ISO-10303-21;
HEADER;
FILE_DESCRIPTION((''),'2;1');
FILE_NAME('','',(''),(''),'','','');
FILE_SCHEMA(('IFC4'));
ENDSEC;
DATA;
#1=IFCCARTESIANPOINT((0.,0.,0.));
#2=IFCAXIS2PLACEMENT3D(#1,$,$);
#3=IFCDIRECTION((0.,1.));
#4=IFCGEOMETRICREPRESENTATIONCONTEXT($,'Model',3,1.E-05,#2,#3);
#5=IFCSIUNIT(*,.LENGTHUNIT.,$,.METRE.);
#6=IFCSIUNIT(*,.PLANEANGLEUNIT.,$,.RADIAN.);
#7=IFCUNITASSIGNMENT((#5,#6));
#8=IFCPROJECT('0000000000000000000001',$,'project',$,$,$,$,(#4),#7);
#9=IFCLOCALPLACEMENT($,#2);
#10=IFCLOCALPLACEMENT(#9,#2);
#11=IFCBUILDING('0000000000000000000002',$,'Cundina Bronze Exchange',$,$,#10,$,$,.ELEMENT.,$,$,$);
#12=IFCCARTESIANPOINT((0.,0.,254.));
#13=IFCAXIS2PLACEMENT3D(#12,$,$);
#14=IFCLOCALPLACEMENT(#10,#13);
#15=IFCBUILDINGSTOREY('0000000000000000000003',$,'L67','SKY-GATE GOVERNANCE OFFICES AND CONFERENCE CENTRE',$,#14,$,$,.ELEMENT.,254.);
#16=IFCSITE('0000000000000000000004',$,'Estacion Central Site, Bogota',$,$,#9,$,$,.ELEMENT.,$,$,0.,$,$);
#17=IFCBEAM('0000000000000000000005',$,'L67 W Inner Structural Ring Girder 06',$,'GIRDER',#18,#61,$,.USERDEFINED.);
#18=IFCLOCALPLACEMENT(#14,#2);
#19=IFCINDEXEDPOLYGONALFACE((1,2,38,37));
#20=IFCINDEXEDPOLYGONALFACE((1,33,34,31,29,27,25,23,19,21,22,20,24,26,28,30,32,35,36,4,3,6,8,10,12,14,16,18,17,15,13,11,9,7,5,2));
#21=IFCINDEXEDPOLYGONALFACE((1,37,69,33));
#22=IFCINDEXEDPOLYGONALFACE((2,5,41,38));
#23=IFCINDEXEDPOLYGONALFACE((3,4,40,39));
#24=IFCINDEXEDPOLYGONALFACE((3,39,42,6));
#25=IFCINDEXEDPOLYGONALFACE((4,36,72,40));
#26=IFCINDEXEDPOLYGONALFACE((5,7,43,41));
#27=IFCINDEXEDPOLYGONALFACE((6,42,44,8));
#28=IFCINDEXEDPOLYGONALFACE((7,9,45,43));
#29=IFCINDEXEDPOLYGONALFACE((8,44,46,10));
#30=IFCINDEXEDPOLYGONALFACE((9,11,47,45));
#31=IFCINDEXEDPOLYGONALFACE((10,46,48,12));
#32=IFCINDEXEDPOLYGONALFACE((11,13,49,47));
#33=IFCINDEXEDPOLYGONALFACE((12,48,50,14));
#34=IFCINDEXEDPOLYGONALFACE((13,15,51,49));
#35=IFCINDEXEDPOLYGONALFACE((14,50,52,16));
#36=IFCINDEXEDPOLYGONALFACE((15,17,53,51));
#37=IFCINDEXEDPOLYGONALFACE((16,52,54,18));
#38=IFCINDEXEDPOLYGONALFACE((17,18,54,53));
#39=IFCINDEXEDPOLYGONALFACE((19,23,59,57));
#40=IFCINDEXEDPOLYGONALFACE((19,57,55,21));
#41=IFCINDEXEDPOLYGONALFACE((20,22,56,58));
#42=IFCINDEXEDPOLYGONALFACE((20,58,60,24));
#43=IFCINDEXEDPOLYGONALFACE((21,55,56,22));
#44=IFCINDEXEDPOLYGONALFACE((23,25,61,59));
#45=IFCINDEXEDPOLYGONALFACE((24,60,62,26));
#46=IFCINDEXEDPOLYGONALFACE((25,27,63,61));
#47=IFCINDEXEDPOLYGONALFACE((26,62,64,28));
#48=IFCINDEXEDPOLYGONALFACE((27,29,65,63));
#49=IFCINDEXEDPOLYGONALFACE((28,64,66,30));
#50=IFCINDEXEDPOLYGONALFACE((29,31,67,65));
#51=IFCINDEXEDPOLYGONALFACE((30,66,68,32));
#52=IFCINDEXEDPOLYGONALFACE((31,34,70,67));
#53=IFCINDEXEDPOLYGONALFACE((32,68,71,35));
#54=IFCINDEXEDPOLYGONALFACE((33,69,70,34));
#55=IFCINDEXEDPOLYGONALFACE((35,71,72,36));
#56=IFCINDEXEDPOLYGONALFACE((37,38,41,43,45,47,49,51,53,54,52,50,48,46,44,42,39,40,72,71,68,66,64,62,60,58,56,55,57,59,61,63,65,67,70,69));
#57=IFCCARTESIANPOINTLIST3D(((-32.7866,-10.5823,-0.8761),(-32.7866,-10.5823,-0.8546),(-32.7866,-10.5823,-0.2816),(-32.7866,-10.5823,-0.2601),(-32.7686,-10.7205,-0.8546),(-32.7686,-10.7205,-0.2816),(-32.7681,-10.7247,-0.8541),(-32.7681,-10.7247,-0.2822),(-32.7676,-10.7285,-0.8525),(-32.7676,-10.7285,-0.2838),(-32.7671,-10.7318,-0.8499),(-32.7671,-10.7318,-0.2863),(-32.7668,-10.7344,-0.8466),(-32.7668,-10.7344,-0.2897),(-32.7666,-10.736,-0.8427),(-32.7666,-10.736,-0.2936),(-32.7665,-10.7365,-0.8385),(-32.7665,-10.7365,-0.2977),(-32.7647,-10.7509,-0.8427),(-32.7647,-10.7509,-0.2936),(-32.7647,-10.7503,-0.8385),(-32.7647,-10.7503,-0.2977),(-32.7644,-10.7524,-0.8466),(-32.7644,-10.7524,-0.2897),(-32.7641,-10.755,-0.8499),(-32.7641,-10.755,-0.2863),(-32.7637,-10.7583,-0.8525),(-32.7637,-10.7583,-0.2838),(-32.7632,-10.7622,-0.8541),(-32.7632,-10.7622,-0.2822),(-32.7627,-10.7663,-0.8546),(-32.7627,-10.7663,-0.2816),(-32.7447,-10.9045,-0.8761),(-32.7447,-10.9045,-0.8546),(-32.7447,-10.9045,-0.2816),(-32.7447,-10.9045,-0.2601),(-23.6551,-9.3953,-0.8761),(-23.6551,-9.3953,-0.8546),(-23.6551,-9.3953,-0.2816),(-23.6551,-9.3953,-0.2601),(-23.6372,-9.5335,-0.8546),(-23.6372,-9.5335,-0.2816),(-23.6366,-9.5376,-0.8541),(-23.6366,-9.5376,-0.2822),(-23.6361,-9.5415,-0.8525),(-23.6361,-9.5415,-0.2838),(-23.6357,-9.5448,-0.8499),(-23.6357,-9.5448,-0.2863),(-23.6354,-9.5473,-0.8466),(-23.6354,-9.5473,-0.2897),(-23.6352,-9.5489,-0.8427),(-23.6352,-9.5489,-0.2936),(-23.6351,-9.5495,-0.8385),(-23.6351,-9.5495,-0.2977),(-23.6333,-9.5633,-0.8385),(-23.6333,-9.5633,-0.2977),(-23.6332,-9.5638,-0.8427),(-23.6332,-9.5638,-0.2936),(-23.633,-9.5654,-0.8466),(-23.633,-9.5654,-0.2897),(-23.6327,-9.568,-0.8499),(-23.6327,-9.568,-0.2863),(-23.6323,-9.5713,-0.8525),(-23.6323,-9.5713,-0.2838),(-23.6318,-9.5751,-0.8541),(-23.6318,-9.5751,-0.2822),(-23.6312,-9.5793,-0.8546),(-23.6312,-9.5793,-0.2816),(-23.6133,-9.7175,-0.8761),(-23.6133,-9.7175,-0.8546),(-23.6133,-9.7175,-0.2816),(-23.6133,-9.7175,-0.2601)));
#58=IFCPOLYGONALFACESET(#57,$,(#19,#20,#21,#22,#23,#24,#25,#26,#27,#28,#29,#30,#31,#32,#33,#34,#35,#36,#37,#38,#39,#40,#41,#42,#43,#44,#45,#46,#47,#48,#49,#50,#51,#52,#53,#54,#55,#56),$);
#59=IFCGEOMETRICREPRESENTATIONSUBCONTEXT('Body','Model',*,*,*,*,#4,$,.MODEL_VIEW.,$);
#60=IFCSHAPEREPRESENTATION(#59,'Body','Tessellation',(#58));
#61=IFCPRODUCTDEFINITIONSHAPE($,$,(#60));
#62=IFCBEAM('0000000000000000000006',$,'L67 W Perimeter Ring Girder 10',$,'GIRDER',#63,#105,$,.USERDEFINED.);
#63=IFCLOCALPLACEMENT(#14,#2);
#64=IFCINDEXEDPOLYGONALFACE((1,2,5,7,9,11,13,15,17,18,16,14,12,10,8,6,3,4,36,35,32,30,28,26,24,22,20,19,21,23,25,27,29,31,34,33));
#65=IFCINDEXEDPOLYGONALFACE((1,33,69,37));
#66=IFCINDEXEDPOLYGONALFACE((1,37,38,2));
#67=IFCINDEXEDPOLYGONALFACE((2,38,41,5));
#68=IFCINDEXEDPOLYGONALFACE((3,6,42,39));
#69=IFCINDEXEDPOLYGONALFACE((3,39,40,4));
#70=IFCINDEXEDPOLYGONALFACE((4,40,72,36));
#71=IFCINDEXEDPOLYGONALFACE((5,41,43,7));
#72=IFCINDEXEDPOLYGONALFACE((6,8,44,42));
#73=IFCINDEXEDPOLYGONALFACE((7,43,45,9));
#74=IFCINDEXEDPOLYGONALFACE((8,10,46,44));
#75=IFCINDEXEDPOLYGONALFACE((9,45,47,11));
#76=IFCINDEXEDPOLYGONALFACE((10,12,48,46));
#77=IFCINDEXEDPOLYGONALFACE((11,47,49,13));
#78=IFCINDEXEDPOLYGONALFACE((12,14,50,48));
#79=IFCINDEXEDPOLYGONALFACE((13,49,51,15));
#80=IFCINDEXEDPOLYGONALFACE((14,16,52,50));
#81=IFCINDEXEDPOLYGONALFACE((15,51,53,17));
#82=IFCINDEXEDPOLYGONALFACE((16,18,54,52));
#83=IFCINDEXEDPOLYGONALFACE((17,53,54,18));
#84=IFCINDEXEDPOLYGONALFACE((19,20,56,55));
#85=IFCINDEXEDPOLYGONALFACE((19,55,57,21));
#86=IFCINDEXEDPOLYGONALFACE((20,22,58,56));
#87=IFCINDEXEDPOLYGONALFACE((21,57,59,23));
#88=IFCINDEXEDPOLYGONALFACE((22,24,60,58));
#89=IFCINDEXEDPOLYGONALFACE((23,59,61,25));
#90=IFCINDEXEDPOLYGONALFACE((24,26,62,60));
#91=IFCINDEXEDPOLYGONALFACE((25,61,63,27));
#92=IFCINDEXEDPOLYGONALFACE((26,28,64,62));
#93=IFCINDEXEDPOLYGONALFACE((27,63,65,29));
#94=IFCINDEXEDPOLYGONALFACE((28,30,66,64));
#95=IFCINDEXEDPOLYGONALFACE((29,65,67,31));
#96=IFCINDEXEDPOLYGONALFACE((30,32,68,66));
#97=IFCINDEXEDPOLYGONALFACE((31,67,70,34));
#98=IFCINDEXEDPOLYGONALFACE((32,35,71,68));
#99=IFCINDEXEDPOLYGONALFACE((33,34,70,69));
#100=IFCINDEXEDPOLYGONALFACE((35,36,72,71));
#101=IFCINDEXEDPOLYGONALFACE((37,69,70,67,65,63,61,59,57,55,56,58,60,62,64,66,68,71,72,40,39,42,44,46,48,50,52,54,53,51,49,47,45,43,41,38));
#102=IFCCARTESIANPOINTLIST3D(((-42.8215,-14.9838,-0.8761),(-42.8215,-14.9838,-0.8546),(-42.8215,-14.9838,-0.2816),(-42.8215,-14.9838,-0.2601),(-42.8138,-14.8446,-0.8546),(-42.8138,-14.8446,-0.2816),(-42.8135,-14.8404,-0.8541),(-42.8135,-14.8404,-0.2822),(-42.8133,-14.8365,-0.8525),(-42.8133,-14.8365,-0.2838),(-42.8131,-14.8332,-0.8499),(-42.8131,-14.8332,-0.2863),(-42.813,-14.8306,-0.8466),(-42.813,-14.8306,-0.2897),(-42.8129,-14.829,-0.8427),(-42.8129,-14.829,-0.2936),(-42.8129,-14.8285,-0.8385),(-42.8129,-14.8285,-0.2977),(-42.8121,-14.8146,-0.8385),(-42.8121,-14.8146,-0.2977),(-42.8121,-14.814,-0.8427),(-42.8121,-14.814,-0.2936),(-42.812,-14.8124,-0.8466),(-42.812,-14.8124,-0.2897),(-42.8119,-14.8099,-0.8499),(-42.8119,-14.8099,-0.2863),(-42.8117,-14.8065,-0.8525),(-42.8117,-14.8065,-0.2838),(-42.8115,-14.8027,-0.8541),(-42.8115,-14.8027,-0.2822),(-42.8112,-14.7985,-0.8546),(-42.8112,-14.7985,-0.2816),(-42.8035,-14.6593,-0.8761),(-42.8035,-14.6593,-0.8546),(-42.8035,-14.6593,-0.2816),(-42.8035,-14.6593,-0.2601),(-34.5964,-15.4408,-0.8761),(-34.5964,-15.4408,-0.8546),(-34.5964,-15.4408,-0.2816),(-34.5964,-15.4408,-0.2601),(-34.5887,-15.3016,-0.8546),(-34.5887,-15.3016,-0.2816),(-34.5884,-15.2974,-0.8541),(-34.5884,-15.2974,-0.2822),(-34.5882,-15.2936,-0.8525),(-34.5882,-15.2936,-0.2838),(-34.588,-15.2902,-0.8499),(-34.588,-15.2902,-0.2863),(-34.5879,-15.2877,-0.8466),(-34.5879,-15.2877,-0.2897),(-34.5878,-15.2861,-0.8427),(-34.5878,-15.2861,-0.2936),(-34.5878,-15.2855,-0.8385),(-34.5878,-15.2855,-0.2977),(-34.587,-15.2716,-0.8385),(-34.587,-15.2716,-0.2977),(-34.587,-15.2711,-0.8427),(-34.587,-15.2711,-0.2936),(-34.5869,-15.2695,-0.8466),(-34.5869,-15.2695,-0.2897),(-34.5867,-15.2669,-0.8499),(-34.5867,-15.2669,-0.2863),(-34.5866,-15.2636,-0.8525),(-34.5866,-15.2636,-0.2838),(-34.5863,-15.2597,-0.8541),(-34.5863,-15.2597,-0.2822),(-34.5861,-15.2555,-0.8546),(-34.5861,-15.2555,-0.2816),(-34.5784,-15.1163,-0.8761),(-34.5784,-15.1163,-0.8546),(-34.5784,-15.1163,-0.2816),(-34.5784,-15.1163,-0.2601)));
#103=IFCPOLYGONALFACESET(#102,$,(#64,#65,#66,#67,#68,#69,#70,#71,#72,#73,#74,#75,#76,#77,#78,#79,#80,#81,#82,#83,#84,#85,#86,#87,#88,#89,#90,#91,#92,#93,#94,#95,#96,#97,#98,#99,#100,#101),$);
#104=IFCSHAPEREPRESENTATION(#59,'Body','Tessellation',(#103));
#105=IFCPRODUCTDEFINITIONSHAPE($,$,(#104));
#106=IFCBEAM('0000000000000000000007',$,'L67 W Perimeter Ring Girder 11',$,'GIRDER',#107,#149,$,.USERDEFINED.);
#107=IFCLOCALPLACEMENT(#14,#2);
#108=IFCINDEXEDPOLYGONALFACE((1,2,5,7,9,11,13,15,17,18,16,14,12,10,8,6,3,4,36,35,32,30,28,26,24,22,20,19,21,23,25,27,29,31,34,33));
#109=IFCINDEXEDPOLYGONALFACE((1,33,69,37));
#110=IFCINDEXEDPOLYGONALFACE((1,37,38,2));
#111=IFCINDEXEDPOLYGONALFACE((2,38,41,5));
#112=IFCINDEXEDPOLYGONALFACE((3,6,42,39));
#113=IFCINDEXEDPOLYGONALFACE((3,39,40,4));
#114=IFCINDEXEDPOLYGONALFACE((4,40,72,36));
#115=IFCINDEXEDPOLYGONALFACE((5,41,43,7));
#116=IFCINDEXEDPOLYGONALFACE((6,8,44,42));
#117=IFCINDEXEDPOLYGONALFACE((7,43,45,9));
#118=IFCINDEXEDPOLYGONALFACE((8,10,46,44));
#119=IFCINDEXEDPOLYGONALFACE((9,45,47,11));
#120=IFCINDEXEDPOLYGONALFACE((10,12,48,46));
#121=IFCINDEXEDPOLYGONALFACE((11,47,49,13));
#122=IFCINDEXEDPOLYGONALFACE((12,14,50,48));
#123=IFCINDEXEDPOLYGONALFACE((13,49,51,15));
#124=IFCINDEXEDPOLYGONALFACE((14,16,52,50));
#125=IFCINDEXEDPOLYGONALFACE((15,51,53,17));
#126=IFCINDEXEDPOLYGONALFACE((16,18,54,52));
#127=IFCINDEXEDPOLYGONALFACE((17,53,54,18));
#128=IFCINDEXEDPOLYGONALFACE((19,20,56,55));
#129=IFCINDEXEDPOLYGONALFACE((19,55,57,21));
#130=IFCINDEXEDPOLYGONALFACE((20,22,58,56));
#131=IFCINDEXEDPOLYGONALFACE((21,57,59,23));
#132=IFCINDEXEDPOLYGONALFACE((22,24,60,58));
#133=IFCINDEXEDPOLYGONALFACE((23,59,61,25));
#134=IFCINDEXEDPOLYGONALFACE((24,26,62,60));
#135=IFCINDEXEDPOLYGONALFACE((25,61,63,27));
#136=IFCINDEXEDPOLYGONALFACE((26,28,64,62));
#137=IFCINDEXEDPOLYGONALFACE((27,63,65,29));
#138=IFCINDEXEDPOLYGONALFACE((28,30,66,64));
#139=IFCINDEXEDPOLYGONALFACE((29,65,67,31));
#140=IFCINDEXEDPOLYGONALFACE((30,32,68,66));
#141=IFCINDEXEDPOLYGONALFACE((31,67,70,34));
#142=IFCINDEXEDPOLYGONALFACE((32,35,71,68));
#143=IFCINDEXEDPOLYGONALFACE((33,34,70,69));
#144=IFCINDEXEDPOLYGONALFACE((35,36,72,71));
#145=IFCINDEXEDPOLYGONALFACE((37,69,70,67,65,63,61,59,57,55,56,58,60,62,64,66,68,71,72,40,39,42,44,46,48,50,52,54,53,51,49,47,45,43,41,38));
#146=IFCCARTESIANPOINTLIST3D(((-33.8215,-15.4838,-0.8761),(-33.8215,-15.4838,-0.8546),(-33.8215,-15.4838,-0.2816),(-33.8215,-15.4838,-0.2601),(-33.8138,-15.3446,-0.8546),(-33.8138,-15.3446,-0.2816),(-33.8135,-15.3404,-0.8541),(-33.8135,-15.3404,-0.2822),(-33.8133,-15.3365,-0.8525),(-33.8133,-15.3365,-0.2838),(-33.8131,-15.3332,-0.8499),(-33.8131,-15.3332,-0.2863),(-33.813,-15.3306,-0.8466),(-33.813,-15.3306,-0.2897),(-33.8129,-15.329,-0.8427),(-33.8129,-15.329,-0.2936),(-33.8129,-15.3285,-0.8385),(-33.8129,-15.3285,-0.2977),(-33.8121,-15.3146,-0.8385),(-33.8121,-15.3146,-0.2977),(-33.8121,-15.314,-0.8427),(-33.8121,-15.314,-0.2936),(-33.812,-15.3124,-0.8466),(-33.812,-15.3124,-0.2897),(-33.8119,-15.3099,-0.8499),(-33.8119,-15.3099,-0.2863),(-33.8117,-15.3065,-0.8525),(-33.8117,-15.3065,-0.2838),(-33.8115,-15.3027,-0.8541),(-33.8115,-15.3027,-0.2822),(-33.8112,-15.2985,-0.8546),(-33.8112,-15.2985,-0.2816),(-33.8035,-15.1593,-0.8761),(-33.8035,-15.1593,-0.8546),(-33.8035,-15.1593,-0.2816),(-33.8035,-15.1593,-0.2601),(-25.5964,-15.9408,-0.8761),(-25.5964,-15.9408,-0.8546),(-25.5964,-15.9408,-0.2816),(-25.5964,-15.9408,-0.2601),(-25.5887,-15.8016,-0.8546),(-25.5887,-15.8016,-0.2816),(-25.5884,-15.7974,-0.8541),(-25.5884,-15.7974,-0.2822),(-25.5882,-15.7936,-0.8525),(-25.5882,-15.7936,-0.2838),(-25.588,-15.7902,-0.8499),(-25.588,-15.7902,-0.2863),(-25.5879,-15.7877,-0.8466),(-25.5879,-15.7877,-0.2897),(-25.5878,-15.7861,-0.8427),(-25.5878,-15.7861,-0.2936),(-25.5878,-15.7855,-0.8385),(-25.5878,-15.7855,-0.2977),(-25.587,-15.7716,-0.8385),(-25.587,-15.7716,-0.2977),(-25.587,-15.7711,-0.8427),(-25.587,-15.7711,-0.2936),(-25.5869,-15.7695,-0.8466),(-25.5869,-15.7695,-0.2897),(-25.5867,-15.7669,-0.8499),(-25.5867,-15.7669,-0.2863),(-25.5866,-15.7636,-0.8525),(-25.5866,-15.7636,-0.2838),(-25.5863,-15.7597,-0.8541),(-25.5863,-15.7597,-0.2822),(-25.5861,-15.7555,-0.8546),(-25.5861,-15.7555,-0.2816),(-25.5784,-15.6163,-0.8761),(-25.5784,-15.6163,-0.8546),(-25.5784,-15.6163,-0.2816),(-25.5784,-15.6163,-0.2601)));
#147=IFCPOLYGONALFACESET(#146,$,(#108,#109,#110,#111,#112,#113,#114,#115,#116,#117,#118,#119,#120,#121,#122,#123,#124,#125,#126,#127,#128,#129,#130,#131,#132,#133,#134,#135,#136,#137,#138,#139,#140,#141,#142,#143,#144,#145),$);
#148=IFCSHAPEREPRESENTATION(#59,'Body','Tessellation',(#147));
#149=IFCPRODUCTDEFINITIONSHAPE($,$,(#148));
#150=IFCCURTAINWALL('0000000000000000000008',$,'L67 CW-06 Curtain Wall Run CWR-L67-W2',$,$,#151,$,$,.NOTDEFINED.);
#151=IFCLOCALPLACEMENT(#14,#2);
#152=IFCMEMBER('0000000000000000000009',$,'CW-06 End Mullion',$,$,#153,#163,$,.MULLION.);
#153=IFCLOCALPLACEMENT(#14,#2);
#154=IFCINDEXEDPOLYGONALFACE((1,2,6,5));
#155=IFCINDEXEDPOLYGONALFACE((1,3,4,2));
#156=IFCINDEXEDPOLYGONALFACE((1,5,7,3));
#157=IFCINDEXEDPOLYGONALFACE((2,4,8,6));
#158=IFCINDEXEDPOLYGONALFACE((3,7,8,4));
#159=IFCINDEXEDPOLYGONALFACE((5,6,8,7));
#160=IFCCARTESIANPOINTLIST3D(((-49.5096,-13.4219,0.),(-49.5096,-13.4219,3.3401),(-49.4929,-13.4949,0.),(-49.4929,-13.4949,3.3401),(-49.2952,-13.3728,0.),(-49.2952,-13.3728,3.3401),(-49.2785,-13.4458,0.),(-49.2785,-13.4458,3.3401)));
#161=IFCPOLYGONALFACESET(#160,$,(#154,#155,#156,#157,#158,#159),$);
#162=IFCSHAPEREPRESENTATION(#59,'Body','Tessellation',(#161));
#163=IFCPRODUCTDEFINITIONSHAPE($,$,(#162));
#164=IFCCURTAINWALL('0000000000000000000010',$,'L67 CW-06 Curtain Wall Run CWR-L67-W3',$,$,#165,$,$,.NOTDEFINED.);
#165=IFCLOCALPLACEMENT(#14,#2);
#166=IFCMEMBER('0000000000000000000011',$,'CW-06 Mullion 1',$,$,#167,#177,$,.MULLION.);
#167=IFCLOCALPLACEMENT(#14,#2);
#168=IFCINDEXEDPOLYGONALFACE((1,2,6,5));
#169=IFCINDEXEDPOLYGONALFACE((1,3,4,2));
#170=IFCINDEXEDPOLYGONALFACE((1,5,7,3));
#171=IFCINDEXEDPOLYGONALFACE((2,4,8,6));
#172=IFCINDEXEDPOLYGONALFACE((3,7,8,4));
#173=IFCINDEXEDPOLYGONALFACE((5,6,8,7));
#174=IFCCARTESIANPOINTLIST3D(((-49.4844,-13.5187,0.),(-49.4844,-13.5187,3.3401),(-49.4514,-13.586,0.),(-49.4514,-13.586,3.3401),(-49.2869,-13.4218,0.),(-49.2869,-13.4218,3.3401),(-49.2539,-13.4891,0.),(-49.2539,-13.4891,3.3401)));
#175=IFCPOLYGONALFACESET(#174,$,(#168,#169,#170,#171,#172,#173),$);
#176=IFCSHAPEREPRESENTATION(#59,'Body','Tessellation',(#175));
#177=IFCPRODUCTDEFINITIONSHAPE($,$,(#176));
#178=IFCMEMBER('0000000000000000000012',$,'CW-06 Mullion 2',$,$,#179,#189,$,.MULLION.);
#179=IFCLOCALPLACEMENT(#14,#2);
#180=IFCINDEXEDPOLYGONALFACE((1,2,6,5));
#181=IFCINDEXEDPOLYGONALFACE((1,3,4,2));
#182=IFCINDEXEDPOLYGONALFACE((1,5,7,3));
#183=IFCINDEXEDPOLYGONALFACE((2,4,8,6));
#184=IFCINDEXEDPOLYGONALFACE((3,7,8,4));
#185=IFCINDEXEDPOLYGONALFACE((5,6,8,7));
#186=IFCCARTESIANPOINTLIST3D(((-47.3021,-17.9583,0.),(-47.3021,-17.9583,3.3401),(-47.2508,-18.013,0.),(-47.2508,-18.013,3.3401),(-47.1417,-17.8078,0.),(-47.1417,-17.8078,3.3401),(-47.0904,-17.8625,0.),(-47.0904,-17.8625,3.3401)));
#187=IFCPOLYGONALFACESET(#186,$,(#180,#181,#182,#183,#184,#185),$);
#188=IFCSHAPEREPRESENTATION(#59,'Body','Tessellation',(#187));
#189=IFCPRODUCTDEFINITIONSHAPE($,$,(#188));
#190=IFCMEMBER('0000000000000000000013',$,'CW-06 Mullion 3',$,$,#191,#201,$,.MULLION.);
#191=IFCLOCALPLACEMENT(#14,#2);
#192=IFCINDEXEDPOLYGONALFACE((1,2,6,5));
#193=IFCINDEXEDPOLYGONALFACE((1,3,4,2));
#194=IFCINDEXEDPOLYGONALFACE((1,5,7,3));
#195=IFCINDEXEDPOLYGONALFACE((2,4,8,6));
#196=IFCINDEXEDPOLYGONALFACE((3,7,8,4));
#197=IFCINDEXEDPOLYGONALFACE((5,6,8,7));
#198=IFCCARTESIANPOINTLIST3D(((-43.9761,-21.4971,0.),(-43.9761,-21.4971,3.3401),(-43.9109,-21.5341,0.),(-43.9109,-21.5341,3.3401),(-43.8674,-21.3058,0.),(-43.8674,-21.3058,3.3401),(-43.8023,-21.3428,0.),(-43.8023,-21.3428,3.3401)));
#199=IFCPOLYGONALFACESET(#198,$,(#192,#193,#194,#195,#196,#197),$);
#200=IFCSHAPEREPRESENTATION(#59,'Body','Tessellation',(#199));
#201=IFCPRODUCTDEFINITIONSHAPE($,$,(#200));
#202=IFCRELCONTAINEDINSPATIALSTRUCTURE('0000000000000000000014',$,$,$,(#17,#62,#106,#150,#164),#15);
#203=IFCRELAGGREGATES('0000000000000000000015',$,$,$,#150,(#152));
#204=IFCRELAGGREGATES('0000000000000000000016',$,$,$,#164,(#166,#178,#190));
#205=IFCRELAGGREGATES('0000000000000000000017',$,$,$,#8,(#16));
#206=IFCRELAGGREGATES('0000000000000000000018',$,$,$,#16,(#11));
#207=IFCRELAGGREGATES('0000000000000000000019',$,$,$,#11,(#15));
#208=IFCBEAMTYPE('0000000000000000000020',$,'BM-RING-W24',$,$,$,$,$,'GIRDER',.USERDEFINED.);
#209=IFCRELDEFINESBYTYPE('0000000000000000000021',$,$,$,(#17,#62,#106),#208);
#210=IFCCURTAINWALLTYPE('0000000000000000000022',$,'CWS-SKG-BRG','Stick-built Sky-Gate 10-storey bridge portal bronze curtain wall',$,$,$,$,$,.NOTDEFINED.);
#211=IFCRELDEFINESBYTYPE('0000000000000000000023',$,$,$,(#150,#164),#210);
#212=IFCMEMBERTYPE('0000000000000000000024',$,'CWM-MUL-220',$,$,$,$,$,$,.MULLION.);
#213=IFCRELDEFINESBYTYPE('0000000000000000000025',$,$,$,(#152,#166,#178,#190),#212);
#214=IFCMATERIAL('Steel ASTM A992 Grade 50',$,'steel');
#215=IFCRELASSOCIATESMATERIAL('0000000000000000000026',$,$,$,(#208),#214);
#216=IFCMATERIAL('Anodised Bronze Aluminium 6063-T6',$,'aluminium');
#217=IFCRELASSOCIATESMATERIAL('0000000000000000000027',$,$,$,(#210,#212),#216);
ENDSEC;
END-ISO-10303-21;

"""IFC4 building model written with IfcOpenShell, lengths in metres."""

from ifc_helpers import new_model, si_unit, direction, frame, origin, origin_2d, place, context, subcontext, project, spatial, rectangle, i_section, extrude, material, material_profile, profile_set, type_object, element, aggregate, save


model = new_model("IFC4")

# Units and contexts
model_context = context("Model", 3, precision=1e-05, world=origin(), true_north=direction((0.0, 1.0)))
body_context = subcontext(model_context, "Body", "Model", "MODEL_VIEW")
ifc_project = project(units=[si_unit("LENGTHUNIT", "METRE"), si_unit("PLANEANGLEUNIT", "RADIAN")], contexts=[model_context])

# Site, building, storey
site_placement = place(None, origin())
site = spatial("IfcSite", under=ifc_project, at=site_placement, Name="Estacion Central Site, Bogota", CompositionType="ELEMENT", RefElevation=0.0)
building_placement = place(site_placement, origin())
building = spatial("IfcBuilding", under=site, at=building_placement, Name="Cundina Bronze Exchange", CompositionType="ELEMENT")
storey_placement = place(building_placement, frame((0.0, 0.0, 254.0)))
storey = spatial("IfcBuildingStorey", under=building, at=storey_placement, Name="L67", Description="SKY-GATE GOVERNANCE OFFICES AND CONFERENCE CENTRE", CompositionType="ELEMENT", Elevation=254.0)

# Beams
ifc_material_1 = material(Name="Steel ASTM A992 Grade 50", Category="steel")
ifc_material_profile_1 = material_profile(ifc_material_1, i_section(OverallWidth=0.325, OverallDepth=0.616, WebThickness=0.0139, FlangeThickness=0.0215, FilletRadius=0.0161, at=origin_2d()), Name="W24X117", Category="steel")
ifc_profile_set_1 = profile_set([ifc_material_profile_1], Name="Steel ASTM A992 Grade 50")
beam_type_1 = type_object("IfcBeamType", Name="BM-RING-W24", ElementType="GIRDER", PredefinedType="USERDEFINED", material=ifc_profile_set_1)
beam_1_placement = place(storey_placement, frame((-32.7656, -10.7434, -0.5681), z_axis=(0.991656, 0.128908, 0.0), x_axis=(-0.128908, 0.991656, 0.0)))
element("IfcBeam", 1, at=beam_1_placement, inside=storey, type_object=beam_type_1, Name="L67 W Inner Structural Ring Girder 06", ObjectType="GIRDER", PredefinedType="USERDEFINED", context=body_context, shape_type="SweptSolid", body=[
    extrude(i_section(OverallWidth=0.325, OverallDepth=0.616, WebThickness=0.0139, FlangeThickness=0.0215, FilletRadius=0.0161, at=origin_2d()), origin(), (0.0, 0.0, 1.0), 9.2083),
])
for number, where, z_axis, x_axis, name in (
    (2, (-42.8125, -14.8215, -0.5681), (0.99846, -0.05548, 0.0), (0.05548, 0.99846, 0.0), "L67 W Perimeter Ring Girder 10"),
    (3, (-33.8125, -15.3215, -0.5681), (0.99846, -0.05548, 0.0), (0.05548, 0.99846, 0.0), "L67 W Perimeter Ring Girder 11"),
):
    element("IfcBeam", number, at=place(storey_placement, frame(where, z_axis=z_axis, x_axis=x_axis)), inside=storey, type_object=beam_type_1, Name=name, ObjectType="GIRDER", PredefinedType="USERDEFINED", context=body_context, shape_type="SweptSolid", body=[
        extrude(i_section(OverallWidth=0.325, OverallDepth=0.616, WebThickness=0.0139, FlangeThickness=0.0215, FilletRadius=0.0161, at=origin_2d()), origin(), (0.0, 0.0, 1.0), 8.2378),
    ])

# Curtain wall, member
ifc_material_2 = material(Name="Anodised Bronze Aluminium 6063-T6", Category="aluminium")
curtain_wall_type = type_object("IfcCurtainWallType", Name="CWS-SKG-BRG", Description="Stick-built Sky-Gate 10-storey bridge portal bronze curtain wall", PredefinedType="NOTDEFINED", material=ifc_material_2)
curtain_wall_1_placement = place(storey_placement, origin())
curtain_wall_1 = element("IfcCurtainWall", 4, at=curtain_wall_1_placement, inside=storey, type_object=curtain_wall_type, Name="L67 CW-06 Curtain Wall Run CWR-L67-W2", PredefinedType="NOTDEFINED")
ifc_material_profile_2 = material_profile(ifc_material_2, rectangle(XDim=0.075, YDim=0.22, at=origin_2d()), Name="AL75X220", Category="aluminium")
ifc_profile_set_2 = profile_set([ifc_material_profile_2], Name="Anodised Bronze Aluminium 6063-T6")
member_type_1 = type_object("IfcMemberType", Name="CWM-MUL-220", PredefinedType="MULLION", material=ifc_profile_set_2)
member_1_placement = place(storey_placement, frame((-49.394, -13.4338, 0.0), z_axis=(0.0, 0.0, 1.0), x_axis=(0.22325, -0.974761, 0.0)))
member_1 = element("IfcMember", 5, at=member_1_placement, type_object=member_type_1, Name="CW-06 End Mullion", PredefinedType="MULLION", context=body_context, shape_type="SweptSolid", body=[
    extrude(rectangle(XDim=0.075, YDim=0.22, at=origin_2d()), origin(), (0.0, 0.0, 1.0), 3.3401),
])

# Curtain wall, members
curtain_wall_2_placement = place(storey_placement, origin())
curtain_wall_2 = element("IfcCurtainWall", 6, at=curtain_wall_2_placement, inside=storey, type_object=curtain_wall_type, Name="L67 CW-06 Curtain Wall Run CWR-L67-W3", PredefinedType="NOTDEFINED")
member_2_placement = place(storey_placement, frame((-49.3691, -13.5039, 0.0), z_axis=(0.0, 0.0, 1.0), x_axis=(0.440566, -0.89772, 0.0)))
member_2 = element("IfcMember", 7, at=member_2_placement, type_object=member_type_1, Name="CW-06 Mullion 1", PredefinedType="MULLION", context=body_context, shape_type="SweptSolid", body=[
    extrude(rectangle(XDim=0.075, YDim=0.22, at=origin_2d()), origin(), (0.0, 0.0, 1.0), 3.3401),
])
member_3_placement = place(storey_placement, frame((-47.1963, -17.9104, 0.0), z_axis=(0.0, 0.0, 1.0), x_axis=(0.684293, -0.729208, 0.0)))
member_3 = element("IfcMember", 8, at=member_3_placement, type_object=member_type_1, Name="CW-06 Mullion 2", PredefinedType="MULLION", context=body_context, shape_type="SweptSolid", body=[
    extrude(rectangle(XDim=0.075, YDim=0.22, at=origin_2d()), origin(), (0.0, 0.0, 1.0), 3.3401),
])
member_4_placement = place(storey_placement, frame((-43.8892, -21.4199, 0.0), z_axis=(0.0, 0.0, 1.0), x_axis=(0.869581, -0.49379, 0.0)))
member_4 = element("IfcMember", 9, at=member_4_placement, type_object=member_type_1, Name="CW-06 Mullion 3", PredefinedType="MULLION", context=body_context, shape_type="SweptSolid", body=[
    extrude(rectangle(XDim=0.075, YDim=0.22, at=origin_2d()), origin(), (0.0, 0.0, 1.0), 3.3401),
])

aggregate(curtain_wall_1, [member_1])
aggregate(curtain_wall_2, [member_2, member_3, member_4])

save(model, "model.ifc")
